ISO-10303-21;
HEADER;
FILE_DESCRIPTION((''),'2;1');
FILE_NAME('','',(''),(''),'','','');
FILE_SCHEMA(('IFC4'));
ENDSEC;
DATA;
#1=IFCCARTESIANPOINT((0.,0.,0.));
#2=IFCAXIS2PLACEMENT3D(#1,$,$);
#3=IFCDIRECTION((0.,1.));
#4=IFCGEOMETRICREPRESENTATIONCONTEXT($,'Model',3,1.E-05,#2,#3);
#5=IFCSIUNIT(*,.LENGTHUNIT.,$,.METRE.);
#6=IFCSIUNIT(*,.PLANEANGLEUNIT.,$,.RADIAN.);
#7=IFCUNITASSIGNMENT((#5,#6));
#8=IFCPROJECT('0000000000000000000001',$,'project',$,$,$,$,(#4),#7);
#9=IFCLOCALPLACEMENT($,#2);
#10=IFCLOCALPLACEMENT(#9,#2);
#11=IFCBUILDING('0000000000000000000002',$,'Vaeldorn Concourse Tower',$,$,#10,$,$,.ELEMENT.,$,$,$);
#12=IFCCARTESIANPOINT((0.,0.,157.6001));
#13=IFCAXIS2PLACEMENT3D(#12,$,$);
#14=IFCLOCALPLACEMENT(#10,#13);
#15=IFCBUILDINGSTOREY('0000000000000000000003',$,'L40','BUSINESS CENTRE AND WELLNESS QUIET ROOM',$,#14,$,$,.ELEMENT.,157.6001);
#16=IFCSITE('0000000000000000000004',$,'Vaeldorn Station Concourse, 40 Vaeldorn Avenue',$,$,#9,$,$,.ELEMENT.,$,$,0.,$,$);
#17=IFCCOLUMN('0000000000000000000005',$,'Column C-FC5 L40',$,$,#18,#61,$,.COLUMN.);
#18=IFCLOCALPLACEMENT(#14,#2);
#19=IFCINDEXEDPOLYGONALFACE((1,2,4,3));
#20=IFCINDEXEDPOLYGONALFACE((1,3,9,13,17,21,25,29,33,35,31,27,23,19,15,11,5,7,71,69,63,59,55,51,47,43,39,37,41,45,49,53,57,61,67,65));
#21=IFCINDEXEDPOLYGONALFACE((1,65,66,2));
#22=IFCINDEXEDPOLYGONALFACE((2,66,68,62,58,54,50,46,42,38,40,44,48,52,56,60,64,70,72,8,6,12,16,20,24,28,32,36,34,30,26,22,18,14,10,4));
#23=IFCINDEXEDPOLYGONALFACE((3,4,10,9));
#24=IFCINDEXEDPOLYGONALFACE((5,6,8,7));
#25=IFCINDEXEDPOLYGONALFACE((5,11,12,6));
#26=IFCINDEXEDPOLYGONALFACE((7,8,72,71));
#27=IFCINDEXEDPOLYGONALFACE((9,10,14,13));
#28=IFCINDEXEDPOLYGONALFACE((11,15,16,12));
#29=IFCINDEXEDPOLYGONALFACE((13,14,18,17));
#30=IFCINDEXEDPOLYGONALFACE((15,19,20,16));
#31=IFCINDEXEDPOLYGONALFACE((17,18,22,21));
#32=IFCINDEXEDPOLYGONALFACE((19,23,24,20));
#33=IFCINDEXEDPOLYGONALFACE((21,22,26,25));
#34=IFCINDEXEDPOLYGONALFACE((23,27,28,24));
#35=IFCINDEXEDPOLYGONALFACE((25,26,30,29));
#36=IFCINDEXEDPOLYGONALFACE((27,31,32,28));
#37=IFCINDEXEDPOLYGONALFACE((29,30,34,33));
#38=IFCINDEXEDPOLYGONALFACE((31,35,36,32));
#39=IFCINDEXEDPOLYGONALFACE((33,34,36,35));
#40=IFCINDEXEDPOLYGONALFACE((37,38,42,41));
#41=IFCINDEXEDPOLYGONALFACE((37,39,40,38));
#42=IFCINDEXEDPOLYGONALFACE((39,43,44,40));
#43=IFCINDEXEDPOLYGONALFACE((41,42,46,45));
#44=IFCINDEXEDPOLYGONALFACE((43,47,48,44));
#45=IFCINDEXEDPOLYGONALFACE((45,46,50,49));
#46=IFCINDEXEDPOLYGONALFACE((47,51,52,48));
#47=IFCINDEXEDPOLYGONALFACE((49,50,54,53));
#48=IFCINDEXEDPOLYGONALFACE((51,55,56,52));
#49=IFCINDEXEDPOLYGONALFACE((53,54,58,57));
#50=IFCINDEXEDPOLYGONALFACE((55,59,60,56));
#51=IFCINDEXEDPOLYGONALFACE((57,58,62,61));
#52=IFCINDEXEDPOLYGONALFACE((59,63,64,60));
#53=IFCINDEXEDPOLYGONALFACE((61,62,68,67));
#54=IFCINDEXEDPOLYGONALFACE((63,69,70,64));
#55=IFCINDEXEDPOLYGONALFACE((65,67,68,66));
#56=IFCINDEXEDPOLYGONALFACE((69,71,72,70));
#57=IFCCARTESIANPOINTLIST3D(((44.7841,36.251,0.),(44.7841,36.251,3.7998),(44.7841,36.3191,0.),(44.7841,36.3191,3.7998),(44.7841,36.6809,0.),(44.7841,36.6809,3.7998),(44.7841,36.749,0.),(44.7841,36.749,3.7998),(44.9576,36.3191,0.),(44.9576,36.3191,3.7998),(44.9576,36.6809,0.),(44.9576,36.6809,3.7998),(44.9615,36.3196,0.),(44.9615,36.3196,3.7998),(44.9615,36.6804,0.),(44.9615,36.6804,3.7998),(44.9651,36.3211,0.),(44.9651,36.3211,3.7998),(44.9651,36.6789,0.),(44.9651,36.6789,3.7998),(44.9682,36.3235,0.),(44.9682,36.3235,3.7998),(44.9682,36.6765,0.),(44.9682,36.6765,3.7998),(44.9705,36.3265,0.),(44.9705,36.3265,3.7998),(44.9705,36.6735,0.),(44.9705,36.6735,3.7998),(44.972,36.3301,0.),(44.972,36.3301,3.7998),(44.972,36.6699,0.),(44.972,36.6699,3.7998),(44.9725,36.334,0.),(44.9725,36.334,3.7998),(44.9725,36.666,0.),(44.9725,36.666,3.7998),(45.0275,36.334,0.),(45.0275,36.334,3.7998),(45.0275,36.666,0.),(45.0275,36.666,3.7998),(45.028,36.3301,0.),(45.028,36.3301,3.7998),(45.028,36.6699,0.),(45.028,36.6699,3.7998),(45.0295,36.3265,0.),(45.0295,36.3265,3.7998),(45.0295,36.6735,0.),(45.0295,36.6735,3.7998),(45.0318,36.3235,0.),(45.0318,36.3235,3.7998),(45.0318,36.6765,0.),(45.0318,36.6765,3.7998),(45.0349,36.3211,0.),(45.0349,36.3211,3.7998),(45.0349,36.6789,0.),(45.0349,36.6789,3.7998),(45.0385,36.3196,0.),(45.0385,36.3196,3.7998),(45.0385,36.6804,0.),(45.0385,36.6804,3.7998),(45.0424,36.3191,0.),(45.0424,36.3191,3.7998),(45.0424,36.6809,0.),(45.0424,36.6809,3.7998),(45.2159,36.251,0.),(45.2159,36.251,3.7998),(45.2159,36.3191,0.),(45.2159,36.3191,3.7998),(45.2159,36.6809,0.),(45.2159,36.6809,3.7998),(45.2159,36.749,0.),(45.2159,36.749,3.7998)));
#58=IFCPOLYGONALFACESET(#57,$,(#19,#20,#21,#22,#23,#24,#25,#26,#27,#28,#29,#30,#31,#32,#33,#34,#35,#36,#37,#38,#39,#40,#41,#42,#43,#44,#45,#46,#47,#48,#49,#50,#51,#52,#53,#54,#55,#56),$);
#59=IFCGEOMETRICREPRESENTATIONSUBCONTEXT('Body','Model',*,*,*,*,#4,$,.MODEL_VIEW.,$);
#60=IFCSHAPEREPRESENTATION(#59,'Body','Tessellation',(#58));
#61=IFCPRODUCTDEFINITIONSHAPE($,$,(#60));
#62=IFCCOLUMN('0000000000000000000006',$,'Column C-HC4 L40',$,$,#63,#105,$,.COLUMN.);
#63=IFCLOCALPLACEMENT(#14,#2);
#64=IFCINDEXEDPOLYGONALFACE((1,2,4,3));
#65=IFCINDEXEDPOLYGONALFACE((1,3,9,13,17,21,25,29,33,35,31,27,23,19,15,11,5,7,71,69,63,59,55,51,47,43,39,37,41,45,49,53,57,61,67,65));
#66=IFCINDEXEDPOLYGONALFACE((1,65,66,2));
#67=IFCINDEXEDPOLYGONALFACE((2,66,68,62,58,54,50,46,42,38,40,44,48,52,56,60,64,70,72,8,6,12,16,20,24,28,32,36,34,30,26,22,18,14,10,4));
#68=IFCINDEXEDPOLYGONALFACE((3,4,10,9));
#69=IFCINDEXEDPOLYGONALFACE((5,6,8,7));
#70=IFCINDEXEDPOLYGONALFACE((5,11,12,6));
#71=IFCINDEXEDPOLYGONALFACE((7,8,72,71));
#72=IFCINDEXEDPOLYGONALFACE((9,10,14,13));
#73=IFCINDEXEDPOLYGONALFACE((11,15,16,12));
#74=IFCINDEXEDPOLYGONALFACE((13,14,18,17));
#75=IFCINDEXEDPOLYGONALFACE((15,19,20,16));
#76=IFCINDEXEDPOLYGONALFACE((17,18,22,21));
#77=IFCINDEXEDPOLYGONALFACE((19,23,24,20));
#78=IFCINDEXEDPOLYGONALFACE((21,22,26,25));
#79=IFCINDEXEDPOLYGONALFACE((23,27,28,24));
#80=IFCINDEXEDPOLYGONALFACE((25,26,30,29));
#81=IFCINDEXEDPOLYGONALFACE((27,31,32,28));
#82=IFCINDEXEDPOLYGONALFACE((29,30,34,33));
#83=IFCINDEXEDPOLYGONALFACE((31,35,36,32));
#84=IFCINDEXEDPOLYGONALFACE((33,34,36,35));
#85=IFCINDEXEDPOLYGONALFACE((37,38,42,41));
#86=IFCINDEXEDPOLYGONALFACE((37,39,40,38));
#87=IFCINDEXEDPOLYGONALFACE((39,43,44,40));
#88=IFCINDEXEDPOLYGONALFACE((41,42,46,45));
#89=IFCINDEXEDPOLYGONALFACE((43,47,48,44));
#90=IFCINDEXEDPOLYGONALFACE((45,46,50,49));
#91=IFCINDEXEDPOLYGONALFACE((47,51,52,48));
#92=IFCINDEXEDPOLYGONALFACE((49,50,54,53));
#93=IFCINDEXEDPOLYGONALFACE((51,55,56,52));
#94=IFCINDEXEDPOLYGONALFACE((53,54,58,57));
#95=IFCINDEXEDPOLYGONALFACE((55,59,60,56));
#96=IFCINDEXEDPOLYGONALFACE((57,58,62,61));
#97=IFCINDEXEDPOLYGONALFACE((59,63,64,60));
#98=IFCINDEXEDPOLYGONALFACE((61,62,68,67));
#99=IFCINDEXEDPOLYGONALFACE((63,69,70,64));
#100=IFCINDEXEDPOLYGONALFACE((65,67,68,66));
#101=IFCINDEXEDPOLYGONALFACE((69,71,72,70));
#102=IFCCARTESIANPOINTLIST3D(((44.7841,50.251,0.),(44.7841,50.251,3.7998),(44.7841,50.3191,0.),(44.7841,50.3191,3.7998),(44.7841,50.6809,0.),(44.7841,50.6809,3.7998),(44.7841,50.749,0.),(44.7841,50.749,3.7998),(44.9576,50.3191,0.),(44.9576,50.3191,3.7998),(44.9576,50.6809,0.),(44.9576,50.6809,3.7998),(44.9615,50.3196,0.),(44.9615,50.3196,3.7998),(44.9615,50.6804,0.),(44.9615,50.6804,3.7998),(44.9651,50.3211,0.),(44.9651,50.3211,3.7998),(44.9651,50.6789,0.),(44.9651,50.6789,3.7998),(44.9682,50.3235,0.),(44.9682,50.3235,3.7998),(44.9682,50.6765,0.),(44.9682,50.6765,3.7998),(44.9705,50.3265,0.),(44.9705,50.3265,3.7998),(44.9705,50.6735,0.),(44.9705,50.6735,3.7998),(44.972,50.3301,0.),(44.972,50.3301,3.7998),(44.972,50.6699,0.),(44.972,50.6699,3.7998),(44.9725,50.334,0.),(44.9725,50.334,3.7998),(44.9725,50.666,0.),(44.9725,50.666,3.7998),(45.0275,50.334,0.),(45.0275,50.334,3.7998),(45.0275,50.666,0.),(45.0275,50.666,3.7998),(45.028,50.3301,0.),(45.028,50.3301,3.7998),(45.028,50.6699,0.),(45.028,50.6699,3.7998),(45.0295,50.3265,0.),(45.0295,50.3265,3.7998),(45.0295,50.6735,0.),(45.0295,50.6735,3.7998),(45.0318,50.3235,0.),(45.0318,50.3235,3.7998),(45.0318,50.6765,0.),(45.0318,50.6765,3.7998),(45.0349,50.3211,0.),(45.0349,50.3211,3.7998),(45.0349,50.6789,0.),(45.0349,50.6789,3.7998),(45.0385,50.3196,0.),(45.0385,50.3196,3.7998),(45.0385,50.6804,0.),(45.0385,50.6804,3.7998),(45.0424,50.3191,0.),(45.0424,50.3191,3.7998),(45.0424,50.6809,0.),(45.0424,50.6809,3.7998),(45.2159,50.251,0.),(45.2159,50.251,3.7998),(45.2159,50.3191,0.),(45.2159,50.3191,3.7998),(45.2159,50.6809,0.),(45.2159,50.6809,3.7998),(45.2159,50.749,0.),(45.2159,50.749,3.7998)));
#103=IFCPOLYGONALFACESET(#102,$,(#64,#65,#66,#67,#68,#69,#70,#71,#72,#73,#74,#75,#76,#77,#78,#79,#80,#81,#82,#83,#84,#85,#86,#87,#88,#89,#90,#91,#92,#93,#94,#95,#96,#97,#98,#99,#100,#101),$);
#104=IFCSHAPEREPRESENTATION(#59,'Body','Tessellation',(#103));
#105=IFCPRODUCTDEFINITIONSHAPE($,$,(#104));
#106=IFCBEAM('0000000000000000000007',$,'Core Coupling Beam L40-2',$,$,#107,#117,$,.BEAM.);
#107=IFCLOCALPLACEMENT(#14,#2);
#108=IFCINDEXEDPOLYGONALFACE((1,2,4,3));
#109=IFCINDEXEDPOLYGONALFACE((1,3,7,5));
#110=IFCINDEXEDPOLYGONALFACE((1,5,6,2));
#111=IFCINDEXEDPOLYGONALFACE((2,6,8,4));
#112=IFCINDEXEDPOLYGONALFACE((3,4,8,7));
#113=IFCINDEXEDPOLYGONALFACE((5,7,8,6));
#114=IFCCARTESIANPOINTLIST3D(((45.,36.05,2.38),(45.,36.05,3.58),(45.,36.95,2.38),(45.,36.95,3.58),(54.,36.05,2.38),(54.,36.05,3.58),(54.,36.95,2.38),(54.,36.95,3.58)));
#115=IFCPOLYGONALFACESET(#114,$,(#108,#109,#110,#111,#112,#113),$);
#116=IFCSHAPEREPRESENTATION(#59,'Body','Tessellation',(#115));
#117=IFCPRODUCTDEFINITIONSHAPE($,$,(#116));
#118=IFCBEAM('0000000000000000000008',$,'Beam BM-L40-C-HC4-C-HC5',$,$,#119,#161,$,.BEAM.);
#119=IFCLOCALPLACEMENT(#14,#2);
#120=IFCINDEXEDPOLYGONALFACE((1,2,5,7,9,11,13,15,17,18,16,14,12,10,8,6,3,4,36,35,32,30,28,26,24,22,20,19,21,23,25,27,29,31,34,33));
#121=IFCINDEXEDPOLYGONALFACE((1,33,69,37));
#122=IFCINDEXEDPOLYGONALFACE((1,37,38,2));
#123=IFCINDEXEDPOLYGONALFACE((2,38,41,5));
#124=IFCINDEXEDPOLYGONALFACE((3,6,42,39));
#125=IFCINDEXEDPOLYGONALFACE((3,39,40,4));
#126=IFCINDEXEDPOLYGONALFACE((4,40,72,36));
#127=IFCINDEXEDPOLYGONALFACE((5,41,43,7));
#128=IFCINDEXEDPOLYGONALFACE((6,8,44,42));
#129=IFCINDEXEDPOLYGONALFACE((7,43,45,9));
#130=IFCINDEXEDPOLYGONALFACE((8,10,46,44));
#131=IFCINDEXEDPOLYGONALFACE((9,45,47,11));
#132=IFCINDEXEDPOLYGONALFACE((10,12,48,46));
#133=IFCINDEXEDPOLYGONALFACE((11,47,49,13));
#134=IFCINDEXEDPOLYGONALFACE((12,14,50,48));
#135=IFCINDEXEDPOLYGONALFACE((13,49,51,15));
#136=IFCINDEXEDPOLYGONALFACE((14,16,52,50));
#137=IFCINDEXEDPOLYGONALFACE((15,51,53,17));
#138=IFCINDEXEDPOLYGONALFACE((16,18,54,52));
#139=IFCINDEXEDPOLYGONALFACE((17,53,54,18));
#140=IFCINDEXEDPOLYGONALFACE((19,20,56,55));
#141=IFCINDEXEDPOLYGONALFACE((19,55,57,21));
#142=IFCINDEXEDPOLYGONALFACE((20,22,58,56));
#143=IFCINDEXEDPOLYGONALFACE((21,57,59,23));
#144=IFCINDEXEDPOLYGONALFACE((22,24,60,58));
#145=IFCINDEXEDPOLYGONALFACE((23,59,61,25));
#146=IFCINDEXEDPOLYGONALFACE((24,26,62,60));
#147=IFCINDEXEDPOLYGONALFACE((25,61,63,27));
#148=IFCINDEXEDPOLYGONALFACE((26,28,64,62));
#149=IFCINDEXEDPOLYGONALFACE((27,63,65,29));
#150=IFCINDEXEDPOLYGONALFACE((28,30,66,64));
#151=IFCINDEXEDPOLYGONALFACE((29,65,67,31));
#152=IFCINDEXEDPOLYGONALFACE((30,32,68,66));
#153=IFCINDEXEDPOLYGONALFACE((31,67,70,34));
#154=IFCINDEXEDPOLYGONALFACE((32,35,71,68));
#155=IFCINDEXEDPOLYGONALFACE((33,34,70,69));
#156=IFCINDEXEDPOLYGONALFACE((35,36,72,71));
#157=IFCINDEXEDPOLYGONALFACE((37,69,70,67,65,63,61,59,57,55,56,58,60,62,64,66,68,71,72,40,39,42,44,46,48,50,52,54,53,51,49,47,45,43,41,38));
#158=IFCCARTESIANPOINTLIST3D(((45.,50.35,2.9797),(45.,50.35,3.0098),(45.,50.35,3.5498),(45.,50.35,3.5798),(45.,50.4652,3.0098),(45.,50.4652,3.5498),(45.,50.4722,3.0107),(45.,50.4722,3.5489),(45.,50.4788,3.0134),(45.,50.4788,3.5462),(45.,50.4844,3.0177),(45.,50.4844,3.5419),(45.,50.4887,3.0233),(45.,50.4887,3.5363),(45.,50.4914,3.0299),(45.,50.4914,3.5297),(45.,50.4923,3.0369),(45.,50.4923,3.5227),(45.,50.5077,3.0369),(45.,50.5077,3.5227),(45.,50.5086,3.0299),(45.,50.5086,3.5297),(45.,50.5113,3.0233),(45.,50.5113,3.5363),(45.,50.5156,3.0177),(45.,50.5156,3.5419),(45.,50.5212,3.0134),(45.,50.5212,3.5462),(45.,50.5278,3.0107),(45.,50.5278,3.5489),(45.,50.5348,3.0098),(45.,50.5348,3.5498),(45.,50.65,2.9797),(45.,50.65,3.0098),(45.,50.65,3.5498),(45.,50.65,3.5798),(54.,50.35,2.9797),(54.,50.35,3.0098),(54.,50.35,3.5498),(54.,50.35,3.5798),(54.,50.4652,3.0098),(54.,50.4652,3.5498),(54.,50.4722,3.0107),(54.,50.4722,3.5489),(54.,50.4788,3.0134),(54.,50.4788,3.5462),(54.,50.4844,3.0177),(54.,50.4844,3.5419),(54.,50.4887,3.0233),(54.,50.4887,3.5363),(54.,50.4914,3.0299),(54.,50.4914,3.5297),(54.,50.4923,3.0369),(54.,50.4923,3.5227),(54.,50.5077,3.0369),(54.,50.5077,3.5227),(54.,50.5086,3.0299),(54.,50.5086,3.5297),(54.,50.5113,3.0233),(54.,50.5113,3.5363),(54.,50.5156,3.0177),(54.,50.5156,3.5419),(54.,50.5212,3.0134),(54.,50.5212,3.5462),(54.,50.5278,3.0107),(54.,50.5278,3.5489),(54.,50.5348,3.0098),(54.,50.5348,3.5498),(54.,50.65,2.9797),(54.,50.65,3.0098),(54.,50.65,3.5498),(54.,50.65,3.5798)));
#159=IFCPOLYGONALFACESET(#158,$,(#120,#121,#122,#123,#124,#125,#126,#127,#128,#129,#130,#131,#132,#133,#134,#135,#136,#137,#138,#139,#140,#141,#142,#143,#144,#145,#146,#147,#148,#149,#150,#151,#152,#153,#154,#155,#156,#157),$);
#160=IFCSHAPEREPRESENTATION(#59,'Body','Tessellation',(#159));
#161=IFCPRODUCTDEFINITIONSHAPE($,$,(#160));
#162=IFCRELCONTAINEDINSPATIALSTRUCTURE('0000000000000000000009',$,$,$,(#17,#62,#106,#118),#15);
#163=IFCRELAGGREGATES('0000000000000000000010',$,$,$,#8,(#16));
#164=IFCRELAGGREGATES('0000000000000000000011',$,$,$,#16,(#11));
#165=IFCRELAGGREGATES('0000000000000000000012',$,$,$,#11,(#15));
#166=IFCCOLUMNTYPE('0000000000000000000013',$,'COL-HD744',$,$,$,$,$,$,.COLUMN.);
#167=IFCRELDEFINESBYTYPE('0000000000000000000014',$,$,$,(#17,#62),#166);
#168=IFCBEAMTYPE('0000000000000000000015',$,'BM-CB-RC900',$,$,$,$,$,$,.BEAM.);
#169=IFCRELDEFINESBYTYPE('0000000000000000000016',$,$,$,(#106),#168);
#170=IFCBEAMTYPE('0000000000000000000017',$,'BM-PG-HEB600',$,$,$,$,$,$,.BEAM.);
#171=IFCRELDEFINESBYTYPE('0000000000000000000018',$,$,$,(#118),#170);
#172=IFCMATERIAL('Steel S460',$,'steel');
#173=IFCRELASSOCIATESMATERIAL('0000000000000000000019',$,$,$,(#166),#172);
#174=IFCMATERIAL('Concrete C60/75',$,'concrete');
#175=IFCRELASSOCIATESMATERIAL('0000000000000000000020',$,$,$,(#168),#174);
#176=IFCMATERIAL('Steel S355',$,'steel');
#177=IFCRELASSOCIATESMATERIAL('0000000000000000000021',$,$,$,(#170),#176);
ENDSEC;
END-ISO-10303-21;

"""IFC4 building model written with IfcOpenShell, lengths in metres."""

from ifc_helpers import new_model, si_unit, direction, frame, origin, origin_2d, place, context, subcontext, project, spatial, rectangle, i_section, extrude, source, transform, mapped, material, material_profile, profile_set, type_object, element, save


model = new_model("IFC4")

# Units and contexts
model_context = context("Model", 3, precision=1e-05, world=origin(), true_north=direction((0.0, 1.0)))
body_context = subcontext(model_context, "Body", "Model", "MODEL_VIEW")
ifc_project = project(units=[si_unit("LENGTHUNIT", "METRE"), si_unit("PLANEANGLEUNIT", "RADIAN")], contexts=[model_context])

# Site, building, storey
site_placement = place(None, origin())
site = spatial("IfcSite", under=ifc_project, at=site_placement, Name="Vaeldorn Station Concourse, 40 Vaeldorn Avenue", CompositionType="ELEMENT", RefElevation=0.0)
building_placement = place(site_placement, origin())
building = spatial("IfcBuilding", under=site, at=building_placement, Name="Vaeldorn Concourse Tower", CompositionType="ELEMENT")
storey_placement = place(building_placement, frame((0.0, 0.0, 157.6001)))
storey = spatial("IfcBuildingStorey", under=building, at=storey_placement, Name="L40", Description="BUSINESS CENTRE AND WELLNESS QUIET ROOM", CompositionType="ELEMENT", Elevation=157.6001)

# Columns
ifc_material_1 = material(Name="Steel S460", Category="steel")
ifc_material_profile_1 = material_profile(ifc_material_1, i_section(OverallWidth=0.4319, OverallDepth=0.498, WebThickness=0.0549, FlangeThickness=0.0681, FilletRadius=0.0149, at=origin_2d()), Name="HD 400x744")
ifc_profile_set_1 = profile_set([ifc_material_profile_1], Name="Steel S460")
column_type = type_object("IfcColumnType", Name="COL-HD744", PredefinedType="COLUMN", material=ifc_profile_set_1)
shared_shape_1 = source(origin(), body_context, "Body", "SweptSolid", [
    extrude(i_section(OverallWidth=0.4319, OverallDepth=0.498, WebThickness=0.0549, FlangeThickness=0.0681, FilletRadius=0.0149, at=origin_2d()), origin(), (0.0, 0.0, 1.0), 3.7998),
])
for number, where, z_axis, x_axis, name in (
    (1, (45.0, 36.5, 0.0), (0.0, 0.0, 1.0), (1.0, 0.0, 0.0), "Column C-FC5 L40"),
    (2, (45.0, 50.5, 0.0), (0.0, 0.0, 1.0), (1.0, 0.0, 0.0), "Column C-HC4 L40"),
):
    element("IfcColumn", number, at=place(storey_placement, frame(where, z_axis=z_axis, x_axis=x_axis)), inside=storey, type_object=column_type, Name=name, PredefinedType="COLUMN", context=body_context, shape_type="MappedRepresentation", body=[
        mapped(shared_shape_1, transform((0.0, 0.0, 0.0), scale=1.0)),
    ])

# Beams
ifc_material_2 = material(Name="Concrete C60/75", Category="concrete")
ifc_material_profile_2 = material_profile(ifc_material_2, rectangle(XDim=0.8999, YDim=1.2, at=origin_2d()), Name="RC 900x1200")
ifc_profile_set_2 = profile_set([ifc_material_profile_2], Name="Concrete C60/75")
beam_type_1 = type_object("IfcBeamType", Name="BM-CB-RC900", PredefinedType="BEAM", material=ifc_profile_set_2)
shared_shape_2 = source(origin(), body_context, "Body", "SweptSolid", [
    extrude(rectangle(XDim=0.8999, YDim=1.2, at=origin_2d()), origin(), (0.0, 0.0, 1.0), 9.0),
])
beam_1_placement = place(storey_placement, frame((45.0, 36.5, 2.98), z_axis=(1.0, 0.0, 0.0), x_axis=(0.0, 1.0, 0.0)))
element("IfcBeam", 3, at=beam_1_placement, inside=storey, type_object=beam_type_1, Name="Core Coupling Beam L40-2", PredefinedType="BEAM", context=body_context, shape_type="MappedRepresentation", body=[
    mapped(shared_shape_2, transform((0.0, 0.0, 0.0), scale=1.0)),
])
ifc_material_3 = material(Name="Steel S355", Category="steel")
ifc_material_profile_3 = material_profile(ifc_material_3, i_section(OverallWidth=0.3, OverallDepth=0.6001, WebThickness=0.0154, FlangeThickness=0.03, FilletRadius=0.0271, at=origin_2d()), Name="HEB 600")
ifc_profile_set_3 = profile_set([ifc_material_profile_3], Name="Steel S355")
beam_type_2 = type_object("IfcBeamType", Name="BM-PG-HEB600", PredefinedType="BEAM", material=ifc_profile_set_3)
shared_shape_3 = source(origin(), body_context, "Body", "SweptSolid", [
    extrude(i_section(OverallWidth=0.3, OverallDepth=0.6001, WebThickness=0.0154, FlangeThickness=0.03, FilletRadius=0.0271, at=origin_2d()), origin(), (0.0, 0.0, 1.0), 9.0),
])
beam_2_placement = place(storey_placement, frame((45.0, 50.5, 3.2798), z_axis=(1.0, 0.0, 0.0), x_axis=(0.0, 1.0, 0.0)))
element("IfcBeam", 4, at=beam_2_placement, inside=storey, type_object=beam_type_2, Name="Beam BM-L40-C-HC4-C-HC5", PredefinedType="BEAM", context=body_context, shape_type="MappedRepresentation", body=[
    mapped(shared_shape_3, transform((0.0, 0.0, 0.0), scale=1.0)),
])

save(model, "model.ifc")
